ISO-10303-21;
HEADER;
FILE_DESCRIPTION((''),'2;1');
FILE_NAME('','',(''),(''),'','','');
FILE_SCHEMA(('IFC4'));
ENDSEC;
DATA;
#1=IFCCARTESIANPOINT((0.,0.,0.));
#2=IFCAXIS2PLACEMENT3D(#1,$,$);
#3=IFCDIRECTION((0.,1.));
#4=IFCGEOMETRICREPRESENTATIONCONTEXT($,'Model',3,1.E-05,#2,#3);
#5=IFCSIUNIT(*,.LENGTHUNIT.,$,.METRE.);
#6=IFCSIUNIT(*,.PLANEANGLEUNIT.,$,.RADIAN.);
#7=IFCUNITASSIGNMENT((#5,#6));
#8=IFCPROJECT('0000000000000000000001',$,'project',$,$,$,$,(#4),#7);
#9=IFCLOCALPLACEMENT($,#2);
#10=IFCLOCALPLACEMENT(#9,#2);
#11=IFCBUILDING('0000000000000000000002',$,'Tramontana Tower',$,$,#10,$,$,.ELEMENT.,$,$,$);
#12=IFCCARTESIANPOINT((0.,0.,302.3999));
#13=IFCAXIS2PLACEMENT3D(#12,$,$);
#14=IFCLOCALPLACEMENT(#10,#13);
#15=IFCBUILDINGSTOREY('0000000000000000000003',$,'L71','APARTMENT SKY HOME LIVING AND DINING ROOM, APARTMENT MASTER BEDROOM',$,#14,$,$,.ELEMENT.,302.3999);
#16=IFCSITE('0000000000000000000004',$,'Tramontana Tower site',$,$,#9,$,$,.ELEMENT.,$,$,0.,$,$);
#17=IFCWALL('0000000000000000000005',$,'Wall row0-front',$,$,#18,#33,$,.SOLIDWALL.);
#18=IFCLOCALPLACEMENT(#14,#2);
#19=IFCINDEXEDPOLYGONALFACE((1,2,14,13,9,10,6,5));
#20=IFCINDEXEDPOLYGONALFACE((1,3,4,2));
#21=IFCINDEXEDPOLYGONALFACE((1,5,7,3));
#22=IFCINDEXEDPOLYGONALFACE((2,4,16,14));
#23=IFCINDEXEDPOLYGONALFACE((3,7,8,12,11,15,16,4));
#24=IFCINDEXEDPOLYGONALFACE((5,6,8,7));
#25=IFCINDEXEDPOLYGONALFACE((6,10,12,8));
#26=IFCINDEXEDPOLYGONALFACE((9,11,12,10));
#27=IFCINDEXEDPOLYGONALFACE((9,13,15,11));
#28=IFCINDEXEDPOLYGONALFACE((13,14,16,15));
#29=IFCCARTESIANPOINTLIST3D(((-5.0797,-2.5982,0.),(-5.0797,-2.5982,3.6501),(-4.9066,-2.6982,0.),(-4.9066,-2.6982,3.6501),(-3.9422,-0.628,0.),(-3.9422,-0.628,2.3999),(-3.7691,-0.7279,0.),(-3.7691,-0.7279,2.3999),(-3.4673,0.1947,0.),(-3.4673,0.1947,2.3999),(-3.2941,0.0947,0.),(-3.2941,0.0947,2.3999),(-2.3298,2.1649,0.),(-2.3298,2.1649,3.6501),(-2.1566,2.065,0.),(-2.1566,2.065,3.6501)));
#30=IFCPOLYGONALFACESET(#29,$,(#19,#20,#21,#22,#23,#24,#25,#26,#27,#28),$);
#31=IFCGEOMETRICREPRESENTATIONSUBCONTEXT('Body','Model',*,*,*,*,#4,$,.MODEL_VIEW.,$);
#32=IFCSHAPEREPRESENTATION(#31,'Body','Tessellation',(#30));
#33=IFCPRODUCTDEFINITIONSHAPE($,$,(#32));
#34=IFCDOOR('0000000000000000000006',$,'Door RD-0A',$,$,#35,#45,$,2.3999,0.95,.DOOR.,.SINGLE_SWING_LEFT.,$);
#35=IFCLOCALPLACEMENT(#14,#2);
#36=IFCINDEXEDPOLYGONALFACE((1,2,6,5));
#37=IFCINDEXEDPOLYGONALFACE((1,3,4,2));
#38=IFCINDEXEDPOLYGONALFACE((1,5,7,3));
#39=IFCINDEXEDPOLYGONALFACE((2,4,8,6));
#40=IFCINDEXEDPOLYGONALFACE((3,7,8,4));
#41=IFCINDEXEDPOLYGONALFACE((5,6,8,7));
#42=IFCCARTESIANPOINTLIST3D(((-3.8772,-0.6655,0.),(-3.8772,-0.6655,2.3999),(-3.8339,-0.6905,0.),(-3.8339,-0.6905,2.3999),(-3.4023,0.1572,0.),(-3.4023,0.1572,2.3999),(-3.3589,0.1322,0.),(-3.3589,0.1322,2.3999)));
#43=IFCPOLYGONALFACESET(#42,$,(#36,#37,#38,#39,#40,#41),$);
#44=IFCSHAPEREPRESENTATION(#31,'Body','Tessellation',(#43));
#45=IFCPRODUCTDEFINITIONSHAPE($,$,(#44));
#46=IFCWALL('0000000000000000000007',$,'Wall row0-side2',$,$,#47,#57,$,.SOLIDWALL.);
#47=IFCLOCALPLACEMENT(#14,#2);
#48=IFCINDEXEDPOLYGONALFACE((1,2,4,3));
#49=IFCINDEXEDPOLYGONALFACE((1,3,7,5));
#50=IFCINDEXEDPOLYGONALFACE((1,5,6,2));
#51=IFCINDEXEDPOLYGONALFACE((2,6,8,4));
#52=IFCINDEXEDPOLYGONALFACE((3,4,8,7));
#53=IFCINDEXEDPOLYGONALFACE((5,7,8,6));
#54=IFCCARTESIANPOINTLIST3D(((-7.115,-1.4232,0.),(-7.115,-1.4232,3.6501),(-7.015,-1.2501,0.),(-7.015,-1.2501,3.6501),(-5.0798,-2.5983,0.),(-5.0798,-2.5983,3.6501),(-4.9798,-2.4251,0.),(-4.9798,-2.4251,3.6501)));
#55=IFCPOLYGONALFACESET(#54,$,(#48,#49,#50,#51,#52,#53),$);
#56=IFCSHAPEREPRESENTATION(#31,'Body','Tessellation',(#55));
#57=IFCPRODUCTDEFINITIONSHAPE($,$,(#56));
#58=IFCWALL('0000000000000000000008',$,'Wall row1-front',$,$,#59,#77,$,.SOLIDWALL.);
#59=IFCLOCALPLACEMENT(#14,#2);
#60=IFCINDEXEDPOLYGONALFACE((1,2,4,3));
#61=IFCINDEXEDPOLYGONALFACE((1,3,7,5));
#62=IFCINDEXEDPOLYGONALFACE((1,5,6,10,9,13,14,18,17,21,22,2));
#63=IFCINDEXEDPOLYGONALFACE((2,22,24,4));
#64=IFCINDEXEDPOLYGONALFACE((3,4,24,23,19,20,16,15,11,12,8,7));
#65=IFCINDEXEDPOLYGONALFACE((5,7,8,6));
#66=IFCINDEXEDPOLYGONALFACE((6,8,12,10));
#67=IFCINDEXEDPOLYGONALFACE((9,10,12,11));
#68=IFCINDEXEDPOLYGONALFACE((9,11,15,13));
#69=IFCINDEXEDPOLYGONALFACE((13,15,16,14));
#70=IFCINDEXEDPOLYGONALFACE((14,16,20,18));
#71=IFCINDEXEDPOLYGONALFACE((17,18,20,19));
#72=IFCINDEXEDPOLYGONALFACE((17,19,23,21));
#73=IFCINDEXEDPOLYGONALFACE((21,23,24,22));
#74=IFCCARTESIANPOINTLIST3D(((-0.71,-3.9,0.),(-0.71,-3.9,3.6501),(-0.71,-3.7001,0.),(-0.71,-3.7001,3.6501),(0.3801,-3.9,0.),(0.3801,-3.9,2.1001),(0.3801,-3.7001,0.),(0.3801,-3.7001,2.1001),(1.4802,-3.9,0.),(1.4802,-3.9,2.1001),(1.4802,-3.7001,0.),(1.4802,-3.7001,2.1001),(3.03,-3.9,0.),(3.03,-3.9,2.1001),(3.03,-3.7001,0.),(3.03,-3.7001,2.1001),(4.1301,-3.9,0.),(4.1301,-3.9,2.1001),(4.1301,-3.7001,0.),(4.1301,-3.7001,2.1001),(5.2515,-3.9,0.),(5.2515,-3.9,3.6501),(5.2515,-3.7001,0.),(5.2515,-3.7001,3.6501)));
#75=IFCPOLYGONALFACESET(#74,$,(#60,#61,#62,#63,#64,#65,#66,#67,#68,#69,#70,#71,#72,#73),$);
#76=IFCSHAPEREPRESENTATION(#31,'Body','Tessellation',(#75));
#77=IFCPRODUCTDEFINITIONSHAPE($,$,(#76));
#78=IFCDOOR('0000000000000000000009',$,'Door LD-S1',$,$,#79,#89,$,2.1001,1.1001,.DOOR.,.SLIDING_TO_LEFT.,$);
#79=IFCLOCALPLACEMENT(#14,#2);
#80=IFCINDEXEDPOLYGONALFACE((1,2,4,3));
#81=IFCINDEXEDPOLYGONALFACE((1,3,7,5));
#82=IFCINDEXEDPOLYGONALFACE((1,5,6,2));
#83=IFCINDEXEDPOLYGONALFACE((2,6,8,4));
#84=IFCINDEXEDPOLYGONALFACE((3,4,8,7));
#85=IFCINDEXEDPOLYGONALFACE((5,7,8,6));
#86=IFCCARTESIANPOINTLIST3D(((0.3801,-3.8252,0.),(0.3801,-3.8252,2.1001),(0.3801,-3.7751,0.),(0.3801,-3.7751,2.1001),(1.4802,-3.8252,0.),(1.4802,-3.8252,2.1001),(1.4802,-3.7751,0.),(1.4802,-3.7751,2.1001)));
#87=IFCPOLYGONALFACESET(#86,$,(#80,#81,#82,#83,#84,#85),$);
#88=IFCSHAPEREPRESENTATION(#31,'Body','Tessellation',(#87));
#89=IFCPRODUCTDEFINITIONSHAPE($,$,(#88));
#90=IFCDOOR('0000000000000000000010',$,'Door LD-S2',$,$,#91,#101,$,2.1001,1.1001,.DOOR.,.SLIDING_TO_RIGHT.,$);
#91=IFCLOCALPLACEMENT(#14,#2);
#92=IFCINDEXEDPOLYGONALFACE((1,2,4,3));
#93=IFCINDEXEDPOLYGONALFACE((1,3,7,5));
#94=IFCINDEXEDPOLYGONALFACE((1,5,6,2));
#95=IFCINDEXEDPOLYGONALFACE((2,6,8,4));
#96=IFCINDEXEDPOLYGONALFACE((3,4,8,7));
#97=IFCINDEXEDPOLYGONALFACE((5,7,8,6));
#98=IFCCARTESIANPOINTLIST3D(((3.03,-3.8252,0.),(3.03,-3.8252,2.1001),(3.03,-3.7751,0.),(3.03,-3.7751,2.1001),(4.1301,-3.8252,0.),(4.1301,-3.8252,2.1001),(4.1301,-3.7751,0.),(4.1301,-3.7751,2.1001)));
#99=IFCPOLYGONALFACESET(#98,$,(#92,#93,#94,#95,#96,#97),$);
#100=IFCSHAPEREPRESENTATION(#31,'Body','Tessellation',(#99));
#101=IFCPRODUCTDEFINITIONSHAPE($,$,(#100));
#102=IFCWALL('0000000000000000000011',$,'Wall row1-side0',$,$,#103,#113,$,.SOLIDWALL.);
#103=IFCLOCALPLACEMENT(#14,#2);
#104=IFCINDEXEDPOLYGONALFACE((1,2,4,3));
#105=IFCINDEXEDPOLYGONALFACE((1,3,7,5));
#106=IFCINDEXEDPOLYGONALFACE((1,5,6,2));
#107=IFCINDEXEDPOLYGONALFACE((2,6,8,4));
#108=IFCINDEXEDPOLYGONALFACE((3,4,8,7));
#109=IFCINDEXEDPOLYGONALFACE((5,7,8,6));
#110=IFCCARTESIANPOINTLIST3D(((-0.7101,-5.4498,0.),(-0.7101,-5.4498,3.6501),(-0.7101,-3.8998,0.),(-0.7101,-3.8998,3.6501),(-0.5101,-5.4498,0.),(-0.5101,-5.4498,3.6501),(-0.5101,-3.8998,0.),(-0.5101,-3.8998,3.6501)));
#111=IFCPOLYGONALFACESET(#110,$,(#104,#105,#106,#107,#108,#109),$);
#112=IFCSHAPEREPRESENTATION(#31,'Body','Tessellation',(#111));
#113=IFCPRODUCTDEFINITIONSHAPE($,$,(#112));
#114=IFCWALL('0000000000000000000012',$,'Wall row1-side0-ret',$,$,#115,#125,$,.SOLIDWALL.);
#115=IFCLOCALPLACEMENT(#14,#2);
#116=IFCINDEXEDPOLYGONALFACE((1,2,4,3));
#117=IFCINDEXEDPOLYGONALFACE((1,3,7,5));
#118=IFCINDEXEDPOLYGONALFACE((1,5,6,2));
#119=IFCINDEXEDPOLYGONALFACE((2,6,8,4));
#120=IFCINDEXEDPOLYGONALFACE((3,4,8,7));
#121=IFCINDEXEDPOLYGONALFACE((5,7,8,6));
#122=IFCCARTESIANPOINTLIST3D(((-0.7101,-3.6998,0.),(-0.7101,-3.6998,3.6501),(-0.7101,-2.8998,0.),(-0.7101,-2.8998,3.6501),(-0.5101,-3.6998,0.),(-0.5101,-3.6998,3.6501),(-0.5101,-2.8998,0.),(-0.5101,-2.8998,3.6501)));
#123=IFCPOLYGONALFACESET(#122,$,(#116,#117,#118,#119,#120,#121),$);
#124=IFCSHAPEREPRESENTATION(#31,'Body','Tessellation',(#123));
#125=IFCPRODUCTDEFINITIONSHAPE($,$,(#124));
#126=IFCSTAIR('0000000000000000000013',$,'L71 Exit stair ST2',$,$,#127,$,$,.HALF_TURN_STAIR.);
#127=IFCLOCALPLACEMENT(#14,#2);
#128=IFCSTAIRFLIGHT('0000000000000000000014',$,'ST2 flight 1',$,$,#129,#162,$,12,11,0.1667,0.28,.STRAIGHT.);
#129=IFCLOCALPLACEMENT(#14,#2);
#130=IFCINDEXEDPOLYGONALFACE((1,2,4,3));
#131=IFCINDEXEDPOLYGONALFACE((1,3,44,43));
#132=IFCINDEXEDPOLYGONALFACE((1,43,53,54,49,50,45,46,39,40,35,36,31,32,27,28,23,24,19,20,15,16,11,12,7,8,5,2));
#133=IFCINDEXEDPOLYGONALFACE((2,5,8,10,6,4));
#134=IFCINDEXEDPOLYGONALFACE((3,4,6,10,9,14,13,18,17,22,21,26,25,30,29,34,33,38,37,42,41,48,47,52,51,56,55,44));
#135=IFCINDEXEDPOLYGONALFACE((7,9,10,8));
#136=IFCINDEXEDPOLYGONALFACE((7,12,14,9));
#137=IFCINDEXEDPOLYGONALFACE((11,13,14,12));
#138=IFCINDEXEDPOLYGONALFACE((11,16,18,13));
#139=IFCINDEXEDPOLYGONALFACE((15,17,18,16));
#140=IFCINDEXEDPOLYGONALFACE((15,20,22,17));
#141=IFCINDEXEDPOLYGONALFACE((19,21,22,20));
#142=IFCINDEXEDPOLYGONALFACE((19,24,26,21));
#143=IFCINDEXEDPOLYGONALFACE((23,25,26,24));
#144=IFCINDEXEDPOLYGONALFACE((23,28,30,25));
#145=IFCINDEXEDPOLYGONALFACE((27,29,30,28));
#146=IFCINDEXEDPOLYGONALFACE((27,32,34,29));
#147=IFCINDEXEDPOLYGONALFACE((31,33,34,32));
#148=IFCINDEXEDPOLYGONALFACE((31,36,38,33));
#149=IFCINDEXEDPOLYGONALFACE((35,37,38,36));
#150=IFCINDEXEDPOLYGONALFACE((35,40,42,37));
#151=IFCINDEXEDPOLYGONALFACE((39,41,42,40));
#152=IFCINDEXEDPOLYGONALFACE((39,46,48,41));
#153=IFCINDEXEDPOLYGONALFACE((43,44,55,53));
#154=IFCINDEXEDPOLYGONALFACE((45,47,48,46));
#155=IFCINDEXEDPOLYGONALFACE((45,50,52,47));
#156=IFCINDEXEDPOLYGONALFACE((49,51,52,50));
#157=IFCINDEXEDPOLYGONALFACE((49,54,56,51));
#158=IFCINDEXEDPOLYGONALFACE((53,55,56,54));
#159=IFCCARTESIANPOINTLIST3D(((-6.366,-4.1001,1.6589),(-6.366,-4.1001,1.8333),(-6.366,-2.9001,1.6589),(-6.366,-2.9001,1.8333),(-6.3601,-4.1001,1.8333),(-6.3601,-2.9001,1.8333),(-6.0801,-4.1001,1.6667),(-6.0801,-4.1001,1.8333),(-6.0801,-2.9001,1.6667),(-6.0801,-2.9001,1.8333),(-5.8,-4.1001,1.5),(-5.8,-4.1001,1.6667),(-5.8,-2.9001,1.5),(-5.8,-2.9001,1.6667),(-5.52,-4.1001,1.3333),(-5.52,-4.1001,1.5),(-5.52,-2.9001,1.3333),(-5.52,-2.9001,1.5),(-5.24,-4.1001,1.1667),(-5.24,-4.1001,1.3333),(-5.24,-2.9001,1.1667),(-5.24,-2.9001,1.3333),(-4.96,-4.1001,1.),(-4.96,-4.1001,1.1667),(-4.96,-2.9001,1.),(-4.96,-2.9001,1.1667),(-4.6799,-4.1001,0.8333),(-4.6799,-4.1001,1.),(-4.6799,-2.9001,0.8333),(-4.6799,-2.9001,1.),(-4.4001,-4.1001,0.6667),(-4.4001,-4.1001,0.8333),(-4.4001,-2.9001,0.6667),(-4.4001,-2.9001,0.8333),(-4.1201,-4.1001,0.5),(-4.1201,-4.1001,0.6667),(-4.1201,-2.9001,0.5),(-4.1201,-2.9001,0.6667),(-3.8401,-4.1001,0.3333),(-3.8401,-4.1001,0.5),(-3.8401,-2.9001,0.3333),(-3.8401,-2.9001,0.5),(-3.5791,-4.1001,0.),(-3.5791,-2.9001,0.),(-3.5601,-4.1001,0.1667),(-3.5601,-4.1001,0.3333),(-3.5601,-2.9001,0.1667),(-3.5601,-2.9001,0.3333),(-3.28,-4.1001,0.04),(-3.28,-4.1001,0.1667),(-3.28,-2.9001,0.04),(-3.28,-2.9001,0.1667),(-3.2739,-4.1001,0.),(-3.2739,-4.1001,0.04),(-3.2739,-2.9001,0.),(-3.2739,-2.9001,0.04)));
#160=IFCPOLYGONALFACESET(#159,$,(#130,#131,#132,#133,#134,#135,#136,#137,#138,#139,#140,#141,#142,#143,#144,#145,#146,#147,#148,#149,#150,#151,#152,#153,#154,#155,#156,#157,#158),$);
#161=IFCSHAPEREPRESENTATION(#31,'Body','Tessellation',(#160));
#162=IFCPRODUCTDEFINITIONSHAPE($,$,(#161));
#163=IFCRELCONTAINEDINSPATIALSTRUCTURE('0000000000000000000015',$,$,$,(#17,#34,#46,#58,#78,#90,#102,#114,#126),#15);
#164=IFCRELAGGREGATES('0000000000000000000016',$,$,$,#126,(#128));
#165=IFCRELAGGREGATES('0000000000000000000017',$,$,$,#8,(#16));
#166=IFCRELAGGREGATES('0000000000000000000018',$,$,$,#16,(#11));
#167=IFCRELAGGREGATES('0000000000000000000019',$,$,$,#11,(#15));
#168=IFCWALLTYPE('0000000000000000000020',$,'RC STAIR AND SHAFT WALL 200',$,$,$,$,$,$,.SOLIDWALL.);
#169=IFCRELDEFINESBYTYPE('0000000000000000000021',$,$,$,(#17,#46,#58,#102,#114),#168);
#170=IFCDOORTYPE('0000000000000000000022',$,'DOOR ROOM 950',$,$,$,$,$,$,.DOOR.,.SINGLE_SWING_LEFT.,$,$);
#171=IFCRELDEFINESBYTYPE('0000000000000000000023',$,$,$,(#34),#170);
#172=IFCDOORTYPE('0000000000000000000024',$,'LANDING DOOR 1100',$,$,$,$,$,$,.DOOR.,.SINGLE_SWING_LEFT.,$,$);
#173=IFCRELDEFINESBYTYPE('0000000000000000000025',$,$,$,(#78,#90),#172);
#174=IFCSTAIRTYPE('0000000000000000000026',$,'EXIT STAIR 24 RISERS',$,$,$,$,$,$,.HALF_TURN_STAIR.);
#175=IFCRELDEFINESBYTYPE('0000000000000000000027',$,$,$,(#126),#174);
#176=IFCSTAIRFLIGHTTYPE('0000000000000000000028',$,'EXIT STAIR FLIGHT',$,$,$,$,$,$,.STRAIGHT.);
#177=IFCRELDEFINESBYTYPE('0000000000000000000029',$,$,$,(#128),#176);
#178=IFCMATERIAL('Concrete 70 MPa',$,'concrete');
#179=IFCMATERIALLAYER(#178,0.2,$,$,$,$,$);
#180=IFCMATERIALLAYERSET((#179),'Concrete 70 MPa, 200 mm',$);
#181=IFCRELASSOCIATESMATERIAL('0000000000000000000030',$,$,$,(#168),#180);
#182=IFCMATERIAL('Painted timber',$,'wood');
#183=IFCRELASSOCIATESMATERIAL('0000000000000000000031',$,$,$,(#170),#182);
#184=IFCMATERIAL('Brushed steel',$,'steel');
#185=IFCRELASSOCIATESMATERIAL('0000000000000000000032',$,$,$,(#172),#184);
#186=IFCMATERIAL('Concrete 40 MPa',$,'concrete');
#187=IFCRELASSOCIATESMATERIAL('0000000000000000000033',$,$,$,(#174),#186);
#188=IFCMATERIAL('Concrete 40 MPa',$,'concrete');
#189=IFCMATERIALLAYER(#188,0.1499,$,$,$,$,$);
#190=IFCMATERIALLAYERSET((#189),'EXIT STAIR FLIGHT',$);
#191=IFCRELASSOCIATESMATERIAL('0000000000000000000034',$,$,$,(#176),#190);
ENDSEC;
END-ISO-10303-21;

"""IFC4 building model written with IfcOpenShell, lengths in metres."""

from ifc_helpers import new_model, si_unit, direction, frame, frame_2d, origin, place, context, subcontext, project, spatial, polyline, rectangle, outline, extrude, material, layer, layer_set, type_object, element, fill, aggregate, save


model = new_model("IFC4")

# Units and contexts
model_context = context("Model", 3, precision=1e-05, world=origin(), true_north=direction((0.0, 1.0)))
body_context = subcontext(model_context, "Body", "Model", "MODEL_VIEW")
ifc_project = project(units=[si_unit("LENGTHUNIT", "METRE"), si_unit("PLANEANGLEUNIT", "RADIAN")], contexts=[model_context])

# Site, building, storey
site_placement = place(None, origin())
site = spatial("IfcSite", under=ifc_project, at=site_placement, Name="Tramontana Tower site", CompositionType="ELEMENT", RefElevation=0.0)
building_placement = place(site_placement, origin())
building = spatial("IfcBuilding", under=site, at=building_placement, Name="Tramontana Tower", CompositionType="ELEMENT")
storey_placement = place(building_placement, frame((0.0, 0.0, 302.3999)))
storey = spatial("IfcBuildingStorey", under=building, at=storey_placement, Name="L71", Description="APARTMENT SKY HOME LIVING AND DINING ROOM, APARTMENT MASTER BEDROOM", CompositionType="ELEMENT", Elevation=302.3999)

# Wall, opening, door
ifc_material_1 = material(Name="Concrete 70 MPa", Category="concrete")
ifc_layer_1 = layer(ifc_material_1, 0.2)
ifc_layer_set_1 = layer_set([ifc_layer_1], Name="Concrete 70 MPa, 200 mm")
wall_type_1 = type_object("IfcWallType", Name="RC STAIR AND SHAFT WALL 200", PredefinedType="SOLIDWALL", material=ifc_layer_set_1)
wall_1_placement = place(storey_placement, frame((-4.9932, -2.6482, 0.0), z_axis=(0.0, 0.0, 1.0), x_axis=(0.499997, 0.866027, 0.0)))
wall_1 = element("IfcWall", 1, at=wall_1_placement, inside=storey, type_object=wall_type_1, Name="Wall row0-front", PredefinedType="SOLIDWALL", context=body_context, shape_type="SweptSolid", body=[
    extrude(rectangle(XDim=5.5, YDim=0.2, at=frame_2d((2.75, 0.0))), origin(), (0.0, 0.0, 1.0), 3.6501),
])
opening_1_placement = place(wall_1_placement, frame((2.2749, 0.0, 0.0)))
opening_1 = element("IfcOpeningElement", 2, at=opening_1_placement, cuts=wall_1, PredefinedType="OPENING", context=body_context, shape_type="SweptSolid", body=[
    extrude(rectangle(XDim=0.95, YDim=2.3999, at=frame_2d((0.4751, 1.2))), frame((0.0, 0.1099, 0.0), z_axis=(0.0, -1.0, 0.0), x_axis=(1.0, 0.0, 0.0)), (0.0, 0.0, 1.0), 0.22),
])
ifc_material_2 = material(Name="Painted timber", Category="wood")
door_type_1 = type_object("IfcDoorType", Name="DOOR ROOM 950", OperationType="SINGLE_SWING_LEFT", PredefinedType="DOOR", material=ifc_material_2)
door_1_placement = place(opening_1_placement, origin())
door_1 = element("IfcDoor", 3, at=door_1_placement, inside=storey, type_object=door_type_1, Name="Door RD-0A", OperationType="SINGLE_SWING_LEFT", OverallHeight=2.3999, OverallWidth=0.95, PredefinedType="DOOR", context=body_context, shape_type="SweptSolid", body=[
    extrude(rectangle(XDim=0.95, YDim=2.3999, at=frame_2d((0.4751, 1.2))), frame((0.0, 0.0249, 0.0), z_axis=(0.0, -1.0, 0.0), x_axis=(1.0, 0.0, 0.0)), (0.0, 0.0, 1.0), 0.05),
])
fill(opening_1, door_1)

# Wall
wall_2_placement = place(storey_placement, frame((-5.0298, -2.5117, 0.0), z_axis=(0.0, 0.0, 1.0), x_axis=(-0.866016, 0.500016, 0.0)))
element("IfcWall", 4, at=wall_2_placement, inside=storey, type_object=wall_type_1, Name="Wall row0-side2", PredefinedType="SOLIDWALL", context=body_context, shape_type="SweptSolid", body=[
    extrude(rectangle(XDim=2.3501, YDim=0.2, at=frame_2d((1.175, 0.0))), origin(), (0.0, 0.0, 1.0), 3.6501),
])

# Wall, openings, doors
wall_3_placement = place(storey_placement, frame((-0.71, -3.8, 0.0), z_axis=(0.0, 0.0, 1.0), x_axis=(1.0, 0.0, 0.0)))
wall_3 = element("IfcWall", 5, at=wall_3_placement, inside=storey, type_object=wall_type_1, Name="Wall row1-front", PredefinedType="SOLIDWALL", context=body_context, shape_type="SweptSolid", body=[
    extrude(rectangle(XDim=5.9614, YDim=0.2, at=frame_2d((2.9807, 0.0))), origin(), (0.0, 0.0, 1.0), 3.6501),
])
opening_2_placement = place(wall_3_placement, frame((1.0901, 0.0, 0.0)))
opening_2 = element("IfcOpeningElement", 6, at=opening_2_placement, cuts=wall_3, PredefinedType="OPENING", context=body_context, shape_type="SweptSolid", body=[
    extrude(rectangle(XDim=1.1001, YDim=2.1001, at=frame_2d((0.55, 1.05))), frame((0.0, 0.1099, 0.0), z_axis=(0.0, -1.0, 0.0), x_axis=(1.0, 0.0, 0.0)), (0.0, 0.0, 1.0), 0.22),
])
opening_3_placement = place(wall_3_placement, frame((3.74, 0.0, 0.0)))
opening_3 = element("IfcOpeningElement", 7, at=opening_3_placement, cuts=wall_3, PredefinedType="OPENING", context=body_context, shape_type="SweptSolid", body=[
    extrude(rectangle(XDim=1.1001, YDim=2.1001, at=frame_2d((0.55, 1.05))), frame((0.0, 0.1099, 0.0), z_axis=(0.0, -1.0, 0.0), x_axis=(1.0, 0.0, 0.0)), (0.0, 0.0, 1.0), 0.22),
])
ifc_material_3 = material(Name="Brushed steel", Category="steel")
door_type_2 = type_object("IfcDoorType", Name="LANDING DOOR 1100", OperationType="SINGLE_SWING_LEFT", PredefinedType="DOOR", material=ifc_material_3)
door_2_placement = place(opening_2_placement, origin())
door_2 = element("IfcDoor", 8, at=door_2_placement, inside=storey, type_object=door_type_2, Name="Door LD-S1", OperationType="SLIDING_TO_LEFT", OverallHeight=2.1001, OverallWidth=1.1001, PredefinedType="DOOR", context=body_context, shape_type="SweptSolid", body=[
    extrude(rectangle(XDim=1.1001, YDim=2.1001, at=frame_2d((0.55, 1.05))), frame((0.0, 0.0249, 0.0), z_axis=(0.0, -1.0, 0.0), x_axis=(1.0, 0.0, 0.0)), (0.0, 0.0, 1.0), 0.05),
])
fill(opening_2, door_2)
door_3_placement = place(opening_3_placement, origin())
door_3 = element("IfcDoor", 9, at=door_3_placement, inside=storey, type_object=door_type_2, Name="Door LD-S2", OperationType="SLIDING_TO_RIGHT", OverallHeight=2.1001, OverallWidth=1.1001, PredefinedType="DOOR", context=body_context, shape_type="SweptSolid", body=[
    extrude(rectangle(XDim=1.1001, YDim=2.1001, at=frame_2d((0.55, 1.05))), frame((0.0, 0.0249, 0.0), z_axis=(0.0, -1.0, 0.0), x_axis=(1.0, 0.0, 0.0)), (0.0, 0.0, 1.0), 0.05),
])
fill(opening_3, door_3)

# Walls
wall_4_placement = place(storey_placement, frame((-0.6101, -3.8999, 0.0), z_axis=(0.0, 0.0, 1.0), x_axis=(0.0, -1.0, 0.0)))
element("IfcWall", 10, at=wall_4_placement, inside=storey, type_object=wall_type_1, Name="Wall row1-side0", PredefinedType="SOLIDWALL", context=body_context, shape_type="SweptSolid", body=[
    extrude(rectangle(XDim=1.55, YDim=0.2, at=frame_2d((0.7749, 0.0))), origin(), (0.0, 0.0, 1.0), 3.6501),
])
wall_5_placement = place(storey_placement, frame((-0.6101, -2.8999, 0.0), z_axis=(0.0, 0.0, 1.0), x_axis=(0.0, -1.0, 0.0)))
element("IfcWall", 11, at=wall_5_placement, inside=storey, type_object=wall_type_1, Name="Wall row1-side0-ret", PredefinedType="SOLIDWALL", context=body_context, shape_type="SweptSolid", body=[
    extrude(rectangle(XDim=0.8, YDim=0.2, at=frame_2d((0.3999, 0.0))), origin(), (0.0, 0.0, 1.0), 3.6501),
])

# Stair, stair flight
ifc_material_4 = material(Name="Concrete 40 MPa", Category="concrete")
stair_type = type_object("IfcStairType", Name="EXIT STAIR 24 RISERS", PredefinedType="HALF_TURN_STAIR", material=ifc_material_4)
stair_placement = place(storey_placement, origin())
stair = element("IfcStair", 12, at=stair_placement, inside=storey, type_object=stair_type, Name="L71 Exit stair ST2", PredefinedType="HALF_TURN_STAIR")
ifc_material_5 = material(Name="Concrete 40 MPa", Category="concrete")
ifc_layer_2 = layer(ifc_material_5, 0.1499)
ifc_layer_set_2 = layer_set([ifc_layer_2], Name="EXIT STAIR FLIGHT")
stair_flight_type = type_object("IfcStairFlightType", Name="EXIT STAIR FLIGHT", PredefinedType="STRAIGHT", material=ifc_layer_set_2)
stair_flight_1_placement = place(storey_placement, frame((-3.28, -3.5, 0.0), z_axis=(0.0, 0.0, 1.0), x_axis=(-1.0, 0.0, 0.0)))
stair_flight_1 = element("IfcStairFlight", 13, at=stair_flight_1_placement, type_object=stair_flight_type, Name="ST2 flight 1", NumberOfRisers=12, NumberOfTreads=11, PredefinedType="STRAIGHT", RiserHeight=0.1667, TreadLength=0.28, context=body_context, shape_type="SweptSolid", body=[
    extrude(outline(polyline([(-0.0061, 0.0), (-0.0061, 0.04), (0.0, 0.04), (0.0, 0.1667), (0.28, 0.1667), (0.28, 0.3333), (0.5601, 0.3333), (0.5601, 0.5), (0.8401, 0.5), (0.8401, 0.6667), (1.1201, 0.6667), (1.1201, 0.8333), (1.3999, 0.8333), (1.3999, 1.0), (1.6799, 1.0), (1.6799, 1.1667), (1.96, 1.1667), (1.96, 1.3333), (2.24, 1.3333), (2.24, 1.5), (2.52, 1.5), (2.52, 1.6667), (2.8, 1.6667), (2.8, 1.8333), (3.0801, 1.8333), (3.0859, 1.8333), (3.0859, 1.6589), (0.2991, 0.0), (-0.0061, 0.0)])), frame((0.0, 0.6001, 0.0), z_axis=(0.0, -1.0, 0.0), x_axis=(1.0, 0.0, 0.0)), (0.0, 0.0, 1.0), 1.2),
])
aggregate(stair, [stair_flight_1])

save(model, "model.ifc")
